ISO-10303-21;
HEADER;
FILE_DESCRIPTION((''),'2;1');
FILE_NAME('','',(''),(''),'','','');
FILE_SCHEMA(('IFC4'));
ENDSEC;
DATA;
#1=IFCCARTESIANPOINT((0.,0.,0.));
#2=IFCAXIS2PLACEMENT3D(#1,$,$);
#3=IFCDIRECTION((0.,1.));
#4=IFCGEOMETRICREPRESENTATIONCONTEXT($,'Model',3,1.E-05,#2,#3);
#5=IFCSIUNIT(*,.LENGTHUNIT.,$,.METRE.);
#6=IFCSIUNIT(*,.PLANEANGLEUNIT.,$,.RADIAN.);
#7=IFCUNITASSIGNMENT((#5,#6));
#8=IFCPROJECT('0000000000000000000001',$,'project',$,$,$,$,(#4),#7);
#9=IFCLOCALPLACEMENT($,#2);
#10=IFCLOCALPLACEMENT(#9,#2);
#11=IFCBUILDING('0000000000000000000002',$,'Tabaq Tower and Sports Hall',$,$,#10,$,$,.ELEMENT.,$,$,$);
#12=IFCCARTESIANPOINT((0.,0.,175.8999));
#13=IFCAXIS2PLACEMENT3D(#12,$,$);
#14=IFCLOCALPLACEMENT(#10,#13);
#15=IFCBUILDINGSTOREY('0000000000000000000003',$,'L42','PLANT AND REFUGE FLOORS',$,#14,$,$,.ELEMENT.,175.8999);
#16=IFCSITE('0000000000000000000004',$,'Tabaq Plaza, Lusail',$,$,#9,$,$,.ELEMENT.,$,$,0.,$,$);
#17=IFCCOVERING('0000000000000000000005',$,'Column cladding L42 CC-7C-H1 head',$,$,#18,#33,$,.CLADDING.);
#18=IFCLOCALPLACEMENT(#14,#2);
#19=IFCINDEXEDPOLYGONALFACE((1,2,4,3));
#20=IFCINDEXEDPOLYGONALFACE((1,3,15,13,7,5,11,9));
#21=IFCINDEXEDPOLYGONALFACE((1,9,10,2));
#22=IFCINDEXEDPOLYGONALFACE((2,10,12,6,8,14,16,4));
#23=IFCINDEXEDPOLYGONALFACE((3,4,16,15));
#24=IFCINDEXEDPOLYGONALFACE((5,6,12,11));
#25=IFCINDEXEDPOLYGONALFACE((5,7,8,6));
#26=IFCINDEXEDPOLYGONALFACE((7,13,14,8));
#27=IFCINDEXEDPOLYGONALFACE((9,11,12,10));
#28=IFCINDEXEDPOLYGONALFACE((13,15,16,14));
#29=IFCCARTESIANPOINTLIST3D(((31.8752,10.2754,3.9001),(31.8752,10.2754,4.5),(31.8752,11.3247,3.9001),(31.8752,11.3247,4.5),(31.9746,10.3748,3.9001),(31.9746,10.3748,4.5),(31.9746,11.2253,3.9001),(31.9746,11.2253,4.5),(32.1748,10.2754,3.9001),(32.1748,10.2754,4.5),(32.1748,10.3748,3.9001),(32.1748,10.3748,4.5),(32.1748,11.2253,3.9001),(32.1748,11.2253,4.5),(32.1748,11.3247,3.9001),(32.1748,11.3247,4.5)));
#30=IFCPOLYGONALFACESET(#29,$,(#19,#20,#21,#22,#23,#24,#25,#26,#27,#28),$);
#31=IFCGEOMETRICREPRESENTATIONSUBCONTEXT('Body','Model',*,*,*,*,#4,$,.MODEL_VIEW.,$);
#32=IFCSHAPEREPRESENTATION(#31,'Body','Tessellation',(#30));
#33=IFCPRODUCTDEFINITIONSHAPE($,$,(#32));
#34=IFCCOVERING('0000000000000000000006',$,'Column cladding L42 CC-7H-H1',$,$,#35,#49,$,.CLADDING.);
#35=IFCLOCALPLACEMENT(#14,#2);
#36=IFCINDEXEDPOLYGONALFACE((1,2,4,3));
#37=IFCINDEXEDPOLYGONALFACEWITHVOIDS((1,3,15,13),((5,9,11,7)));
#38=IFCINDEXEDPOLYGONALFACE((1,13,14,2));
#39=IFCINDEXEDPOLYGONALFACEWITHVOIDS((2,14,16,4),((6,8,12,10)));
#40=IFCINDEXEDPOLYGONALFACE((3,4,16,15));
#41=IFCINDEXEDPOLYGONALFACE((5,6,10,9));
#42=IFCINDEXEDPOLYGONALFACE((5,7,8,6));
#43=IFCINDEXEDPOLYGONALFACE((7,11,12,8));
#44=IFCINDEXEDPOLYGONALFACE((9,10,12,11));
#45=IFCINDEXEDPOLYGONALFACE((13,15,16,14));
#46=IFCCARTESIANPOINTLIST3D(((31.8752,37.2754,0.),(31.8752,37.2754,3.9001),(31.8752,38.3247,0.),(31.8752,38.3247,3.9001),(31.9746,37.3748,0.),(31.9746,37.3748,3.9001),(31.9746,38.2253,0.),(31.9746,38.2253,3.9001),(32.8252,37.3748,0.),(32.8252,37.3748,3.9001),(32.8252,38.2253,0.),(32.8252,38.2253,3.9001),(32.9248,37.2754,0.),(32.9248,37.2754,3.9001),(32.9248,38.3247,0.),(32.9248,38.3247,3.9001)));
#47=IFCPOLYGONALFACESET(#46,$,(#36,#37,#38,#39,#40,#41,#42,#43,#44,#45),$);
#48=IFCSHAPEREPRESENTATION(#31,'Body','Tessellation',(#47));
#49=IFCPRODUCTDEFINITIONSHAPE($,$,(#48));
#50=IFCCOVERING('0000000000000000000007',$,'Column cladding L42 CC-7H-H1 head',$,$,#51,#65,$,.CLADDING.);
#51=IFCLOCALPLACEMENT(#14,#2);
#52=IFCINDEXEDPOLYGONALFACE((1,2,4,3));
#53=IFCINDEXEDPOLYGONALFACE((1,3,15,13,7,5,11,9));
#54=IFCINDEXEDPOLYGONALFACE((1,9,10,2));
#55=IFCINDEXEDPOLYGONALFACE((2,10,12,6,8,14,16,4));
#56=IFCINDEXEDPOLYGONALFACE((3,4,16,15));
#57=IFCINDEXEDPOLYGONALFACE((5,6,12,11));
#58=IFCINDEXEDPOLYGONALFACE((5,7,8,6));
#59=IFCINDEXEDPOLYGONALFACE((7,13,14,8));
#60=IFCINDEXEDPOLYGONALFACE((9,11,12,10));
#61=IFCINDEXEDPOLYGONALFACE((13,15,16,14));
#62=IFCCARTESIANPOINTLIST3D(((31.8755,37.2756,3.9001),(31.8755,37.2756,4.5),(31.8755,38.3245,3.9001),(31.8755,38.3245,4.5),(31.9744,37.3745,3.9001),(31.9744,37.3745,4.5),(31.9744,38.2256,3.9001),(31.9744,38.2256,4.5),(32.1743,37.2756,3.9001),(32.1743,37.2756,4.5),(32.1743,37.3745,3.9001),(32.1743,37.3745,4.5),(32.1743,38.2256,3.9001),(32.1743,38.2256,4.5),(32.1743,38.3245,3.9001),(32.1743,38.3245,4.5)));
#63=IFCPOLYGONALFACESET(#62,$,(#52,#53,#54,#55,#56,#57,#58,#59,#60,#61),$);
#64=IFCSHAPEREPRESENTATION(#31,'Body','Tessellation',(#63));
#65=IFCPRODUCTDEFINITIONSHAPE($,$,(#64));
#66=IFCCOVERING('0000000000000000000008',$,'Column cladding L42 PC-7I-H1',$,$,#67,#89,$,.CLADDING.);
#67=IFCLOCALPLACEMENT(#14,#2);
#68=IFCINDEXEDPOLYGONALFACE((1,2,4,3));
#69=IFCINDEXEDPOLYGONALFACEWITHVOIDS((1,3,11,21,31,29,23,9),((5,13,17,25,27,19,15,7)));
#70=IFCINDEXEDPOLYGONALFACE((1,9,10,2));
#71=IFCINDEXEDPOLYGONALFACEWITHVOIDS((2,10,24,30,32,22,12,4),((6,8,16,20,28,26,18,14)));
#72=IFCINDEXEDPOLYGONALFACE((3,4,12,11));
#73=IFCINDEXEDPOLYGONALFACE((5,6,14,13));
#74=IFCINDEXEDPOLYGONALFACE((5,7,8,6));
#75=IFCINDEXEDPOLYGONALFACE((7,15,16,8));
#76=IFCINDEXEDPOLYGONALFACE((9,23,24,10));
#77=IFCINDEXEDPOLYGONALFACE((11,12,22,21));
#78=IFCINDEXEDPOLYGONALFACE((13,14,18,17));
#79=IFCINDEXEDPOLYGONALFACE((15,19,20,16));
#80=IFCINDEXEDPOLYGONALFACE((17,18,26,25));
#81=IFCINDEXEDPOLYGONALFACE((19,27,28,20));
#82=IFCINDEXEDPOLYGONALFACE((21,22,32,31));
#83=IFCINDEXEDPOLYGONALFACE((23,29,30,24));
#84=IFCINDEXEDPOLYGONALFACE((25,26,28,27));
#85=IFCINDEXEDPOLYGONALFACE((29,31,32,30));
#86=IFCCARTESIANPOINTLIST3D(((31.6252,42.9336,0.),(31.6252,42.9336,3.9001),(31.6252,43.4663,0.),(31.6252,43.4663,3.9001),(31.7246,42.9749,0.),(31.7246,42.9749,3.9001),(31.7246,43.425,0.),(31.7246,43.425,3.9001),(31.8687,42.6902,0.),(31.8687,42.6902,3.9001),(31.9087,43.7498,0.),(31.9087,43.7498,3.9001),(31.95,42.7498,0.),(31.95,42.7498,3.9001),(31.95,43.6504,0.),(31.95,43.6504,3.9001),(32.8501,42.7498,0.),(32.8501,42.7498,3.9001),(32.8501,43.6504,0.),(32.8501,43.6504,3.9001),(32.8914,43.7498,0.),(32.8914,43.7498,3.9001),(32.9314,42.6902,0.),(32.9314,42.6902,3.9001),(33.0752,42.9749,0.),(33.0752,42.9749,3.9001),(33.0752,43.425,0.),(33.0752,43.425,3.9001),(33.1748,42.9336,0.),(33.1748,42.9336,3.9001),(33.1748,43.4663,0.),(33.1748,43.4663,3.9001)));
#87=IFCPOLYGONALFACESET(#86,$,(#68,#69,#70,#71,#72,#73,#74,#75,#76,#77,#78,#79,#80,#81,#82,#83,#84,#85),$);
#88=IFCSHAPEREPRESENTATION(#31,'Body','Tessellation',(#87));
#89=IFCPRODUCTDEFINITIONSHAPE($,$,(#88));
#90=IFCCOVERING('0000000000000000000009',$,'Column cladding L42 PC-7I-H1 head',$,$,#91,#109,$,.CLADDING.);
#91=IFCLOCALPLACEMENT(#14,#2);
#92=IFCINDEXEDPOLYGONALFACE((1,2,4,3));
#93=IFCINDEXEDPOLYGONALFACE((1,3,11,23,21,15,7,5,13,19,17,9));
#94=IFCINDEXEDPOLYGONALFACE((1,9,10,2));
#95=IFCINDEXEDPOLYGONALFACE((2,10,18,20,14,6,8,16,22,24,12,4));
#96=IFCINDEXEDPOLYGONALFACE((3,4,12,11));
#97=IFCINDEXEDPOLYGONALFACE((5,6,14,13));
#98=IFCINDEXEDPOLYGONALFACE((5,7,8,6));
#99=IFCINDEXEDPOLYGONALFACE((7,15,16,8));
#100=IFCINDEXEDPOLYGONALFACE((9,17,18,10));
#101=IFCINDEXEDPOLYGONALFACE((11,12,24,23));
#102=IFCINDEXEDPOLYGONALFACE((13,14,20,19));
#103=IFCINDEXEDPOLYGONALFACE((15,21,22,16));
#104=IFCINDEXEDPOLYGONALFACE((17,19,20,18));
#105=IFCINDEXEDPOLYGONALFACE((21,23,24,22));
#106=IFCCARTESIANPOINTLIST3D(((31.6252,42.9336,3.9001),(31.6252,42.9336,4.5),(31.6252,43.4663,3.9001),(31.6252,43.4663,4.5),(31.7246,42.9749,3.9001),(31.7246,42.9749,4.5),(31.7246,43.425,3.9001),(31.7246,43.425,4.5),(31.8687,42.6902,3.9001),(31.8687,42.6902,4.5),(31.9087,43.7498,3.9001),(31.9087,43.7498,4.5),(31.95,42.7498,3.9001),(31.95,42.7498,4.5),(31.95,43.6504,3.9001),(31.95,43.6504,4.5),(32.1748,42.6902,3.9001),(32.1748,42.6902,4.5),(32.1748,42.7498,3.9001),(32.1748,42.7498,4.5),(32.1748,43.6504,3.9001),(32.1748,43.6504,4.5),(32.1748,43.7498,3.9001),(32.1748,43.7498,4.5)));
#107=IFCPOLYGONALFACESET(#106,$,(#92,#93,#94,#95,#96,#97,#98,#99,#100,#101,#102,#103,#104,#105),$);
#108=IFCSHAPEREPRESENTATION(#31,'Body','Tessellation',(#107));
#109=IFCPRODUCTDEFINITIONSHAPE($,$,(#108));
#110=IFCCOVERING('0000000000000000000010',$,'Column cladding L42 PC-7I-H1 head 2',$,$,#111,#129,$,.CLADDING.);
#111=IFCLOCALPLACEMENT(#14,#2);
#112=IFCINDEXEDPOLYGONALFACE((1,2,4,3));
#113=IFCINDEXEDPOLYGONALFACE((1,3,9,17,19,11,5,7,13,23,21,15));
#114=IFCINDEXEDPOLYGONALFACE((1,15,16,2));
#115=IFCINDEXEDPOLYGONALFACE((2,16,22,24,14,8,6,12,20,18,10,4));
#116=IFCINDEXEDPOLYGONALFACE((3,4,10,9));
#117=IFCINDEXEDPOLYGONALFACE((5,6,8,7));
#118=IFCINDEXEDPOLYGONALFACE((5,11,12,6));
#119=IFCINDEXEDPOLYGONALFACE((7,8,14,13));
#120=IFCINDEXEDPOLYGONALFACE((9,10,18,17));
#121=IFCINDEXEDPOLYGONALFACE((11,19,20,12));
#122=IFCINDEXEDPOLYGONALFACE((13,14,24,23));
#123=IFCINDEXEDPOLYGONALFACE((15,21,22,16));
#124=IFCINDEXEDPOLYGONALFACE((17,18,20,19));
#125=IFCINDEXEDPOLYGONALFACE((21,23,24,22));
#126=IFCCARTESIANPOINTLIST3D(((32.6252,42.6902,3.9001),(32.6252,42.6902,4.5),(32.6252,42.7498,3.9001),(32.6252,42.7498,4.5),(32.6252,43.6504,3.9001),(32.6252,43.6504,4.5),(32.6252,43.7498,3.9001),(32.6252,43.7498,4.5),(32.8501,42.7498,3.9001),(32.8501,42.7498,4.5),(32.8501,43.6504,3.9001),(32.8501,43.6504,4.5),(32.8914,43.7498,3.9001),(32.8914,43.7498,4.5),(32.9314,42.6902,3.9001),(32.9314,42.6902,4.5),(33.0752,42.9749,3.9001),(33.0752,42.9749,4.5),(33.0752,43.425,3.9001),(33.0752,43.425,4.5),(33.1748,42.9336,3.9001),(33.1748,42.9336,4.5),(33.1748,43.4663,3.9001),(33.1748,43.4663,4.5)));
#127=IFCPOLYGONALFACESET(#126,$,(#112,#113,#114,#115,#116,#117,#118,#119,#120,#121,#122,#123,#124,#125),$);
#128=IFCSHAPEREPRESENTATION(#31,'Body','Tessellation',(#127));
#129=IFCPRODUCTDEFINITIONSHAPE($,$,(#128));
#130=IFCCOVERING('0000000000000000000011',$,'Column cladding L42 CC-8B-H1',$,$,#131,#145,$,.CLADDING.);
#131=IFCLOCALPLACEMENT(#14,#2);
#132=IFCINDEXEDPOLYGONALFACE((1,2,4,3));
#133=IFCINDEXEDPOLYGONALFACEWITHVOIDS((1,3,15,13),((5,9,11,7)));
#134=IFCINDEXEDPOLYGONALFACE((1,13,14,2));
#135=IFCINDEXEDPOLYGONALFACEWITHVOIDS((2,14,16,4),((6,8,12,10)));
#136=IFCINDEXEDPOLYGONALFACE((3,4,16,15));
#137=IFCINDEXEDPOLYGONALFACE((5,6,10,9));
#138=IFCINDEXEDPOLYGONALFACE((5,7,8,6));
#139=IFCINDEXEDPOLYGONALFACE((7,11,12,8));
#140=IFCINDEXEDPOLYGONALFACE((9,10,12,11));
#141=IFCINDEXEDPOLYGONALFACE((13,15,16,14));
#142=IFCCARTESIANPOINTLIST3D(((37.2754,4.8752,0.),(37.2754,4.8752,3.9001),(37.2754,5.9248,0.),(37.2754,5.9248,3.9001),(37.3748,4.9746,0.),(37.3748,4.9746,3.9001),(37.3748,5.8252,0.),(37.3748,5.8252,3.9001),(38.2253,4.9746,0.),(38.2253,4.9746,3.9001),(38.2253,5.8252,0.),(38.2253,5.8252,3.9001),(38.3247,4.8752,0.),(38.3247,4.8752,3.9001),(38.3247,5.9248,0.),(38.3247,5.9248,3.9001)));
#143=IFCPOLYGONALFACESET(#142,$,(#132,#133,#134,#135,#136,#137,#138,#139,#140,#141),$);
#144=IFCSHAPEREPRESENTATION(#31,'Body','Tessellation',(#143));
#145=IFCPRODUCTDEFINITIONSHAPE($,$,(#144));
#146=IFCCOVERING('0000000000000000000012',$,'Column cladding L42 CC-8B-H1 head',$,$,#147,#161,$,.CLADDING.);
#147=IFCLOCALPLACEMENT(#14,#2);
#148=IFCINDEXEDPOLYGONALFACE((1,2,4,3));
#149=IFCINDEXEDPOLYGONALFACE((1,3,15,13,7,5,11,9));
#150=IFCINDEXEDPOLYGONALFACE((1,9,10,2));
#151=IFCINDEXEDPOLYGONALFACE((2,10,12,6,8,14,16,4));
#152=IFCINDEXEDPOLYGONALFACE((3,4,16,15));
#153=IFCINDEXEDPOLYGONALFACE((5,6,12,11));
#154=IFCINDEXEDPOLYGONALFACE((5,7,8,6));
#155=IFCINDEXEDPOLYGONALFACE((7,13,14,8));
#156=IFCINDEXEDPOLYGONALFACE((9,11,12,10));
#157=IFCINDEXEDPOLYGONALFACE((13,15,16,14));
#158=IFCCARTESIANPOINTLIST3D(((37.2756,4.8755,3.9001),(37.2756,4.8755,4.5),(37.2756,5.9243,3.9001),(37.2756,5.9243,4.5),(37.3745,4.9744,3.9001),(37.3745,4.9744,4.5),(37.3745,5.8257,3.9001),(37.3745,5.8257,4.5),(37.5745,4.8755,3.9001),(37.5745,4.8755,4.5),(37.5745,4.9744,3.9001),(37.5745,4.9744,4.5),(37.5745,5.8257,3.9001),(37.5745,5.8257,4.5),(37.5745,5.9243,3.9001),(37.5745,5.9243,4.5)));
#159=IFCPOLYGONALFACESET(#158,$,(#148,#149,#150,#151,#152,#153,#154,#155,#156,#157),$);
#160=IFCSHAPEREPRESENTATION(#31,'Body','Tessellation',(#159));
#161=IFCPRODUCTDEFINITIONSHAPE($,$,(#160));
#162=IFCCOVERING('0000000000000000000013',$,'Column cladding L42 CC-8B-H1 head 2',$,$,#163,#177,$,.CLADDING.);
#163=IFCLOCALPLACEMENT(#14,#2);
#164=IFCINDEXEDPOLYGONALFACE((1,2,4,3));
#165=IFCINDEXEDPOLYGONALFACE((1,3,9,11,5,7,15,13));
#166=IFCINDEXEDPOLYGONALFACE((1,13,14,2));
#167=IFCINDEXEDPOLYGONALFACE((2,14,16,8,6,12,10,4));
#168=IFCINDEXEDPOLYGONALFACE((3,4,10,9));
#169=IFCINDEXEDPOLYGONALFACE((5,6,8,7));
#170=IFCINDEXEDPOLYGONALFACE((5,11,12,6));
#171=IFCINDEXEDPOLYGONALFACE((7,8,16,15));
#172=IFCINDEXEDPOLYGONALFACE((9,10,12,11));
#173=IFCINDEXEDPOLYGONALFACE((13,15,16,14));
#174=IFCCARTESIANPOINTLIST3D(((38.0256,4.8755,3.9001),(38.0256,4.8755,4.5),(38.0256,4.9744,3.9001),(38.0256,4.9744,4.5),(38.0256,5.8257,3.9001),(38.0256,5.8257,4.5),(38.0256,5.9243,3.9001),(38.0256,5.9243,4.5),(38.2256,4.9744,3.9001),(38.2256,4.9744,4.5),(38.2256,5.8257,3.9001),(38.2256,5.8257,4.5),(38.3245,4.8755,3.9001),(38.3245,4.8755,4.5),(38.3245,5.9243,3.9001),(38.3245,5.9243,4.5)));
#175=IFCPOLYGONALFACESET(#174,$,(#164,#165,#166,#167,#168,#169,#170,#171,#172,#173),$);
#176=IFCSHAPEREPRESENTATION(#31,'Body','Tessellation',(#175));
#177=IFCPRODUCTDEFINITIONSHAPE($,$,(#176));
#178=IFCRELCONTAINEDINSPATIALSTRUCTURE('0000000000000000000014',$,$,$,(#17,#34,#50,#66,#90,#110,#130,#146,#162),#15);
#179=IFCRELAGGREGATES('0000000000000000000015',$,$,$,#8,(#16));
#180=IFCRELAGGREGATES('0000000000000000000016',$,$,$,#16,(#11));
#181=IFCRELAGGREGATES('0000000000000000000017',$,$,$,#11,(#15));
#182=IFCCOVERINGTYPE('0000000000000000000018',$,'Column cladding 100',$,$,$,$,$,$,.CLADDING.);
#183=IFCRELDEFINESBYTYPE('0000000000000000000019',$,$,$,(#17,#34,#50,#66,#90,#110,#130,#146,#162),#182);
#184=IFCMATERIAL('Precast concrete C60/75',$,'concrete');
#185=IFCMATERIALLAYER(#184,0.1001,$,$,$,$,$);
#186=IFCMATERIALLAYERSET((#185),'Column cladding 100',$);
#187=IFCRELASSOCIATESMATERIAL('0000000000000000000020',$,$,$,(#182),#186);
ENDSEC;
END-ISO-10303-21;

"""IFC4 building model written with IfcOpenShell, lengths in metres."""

from ifc_helpers import new_model, si_unit, direction, frame, origin, place, context, subcontext, project, spatial, polyline, outline, extrude, material, layer, layer_set, type_object, element, save


model = new_model("IFC4")

# Units and contexts
model_context = context("Model", 3, precision=1e-05, world=origin(), true_north=direction((0.0, 1.0)))
body_context = subcontext(model_context, "Body", "Model", "MODEL_VIEW")
ifc_project = project(units=[si_unit("LENGTHUNIT", "METRE"), si_unit("PLANEANGLEUNIT", "RADIAN")], contexts=[model_context])

# Site, building, storey
site_placement = place(None, origin())
site = spatial("IfcSite", under=ifc_project, at=site_placement, Name="Tabaq Plaza, Lusail", CompositionType="ELEMENT", RefElevation=0.0)
building_placement = place(site_placement, origin())
building = spatial("IfcBuilding", under=site, at=building_placement, Name="Tabaq Tower and Sports Hall", CompositionType="ELEMENT")
storey_placement = place(building_placement, frame((0.0, 0.0, 175.8999)))
storey = spatial("IfcBuildingStorey", under=building, at=storey_placement, Name="L42", Description="PLANT AND REFUGE FLOORS", CompositionType="ELEMENT", Elevation=175.8999)

# Coverings
ifc_material_1 = material(Name="Precast concrete C60/75", Category="concrete")
ifc_layer_1 = layer(ifc_material_1, 0.1001)
ifc_layer_set_1 = layer_set([ifc_layer_1], Name="Column cladding 100")
covering_type_1 = type_object("IfcCoveringType", Name="Column cladding 100", PredefinedType="CLADDING", material=ifc_layer_set_1)
covering_1_placement = place(storey_placement, frame((0.0, 0.0, 3.9001)))
element("IfcCovering", 1, at=covering_1_placement, inside=storey, type_object=covering_type_1, Name="Column cladding L42 CC-7C-H1 head", PredefinedType="CLADDING", context=body_context, shape_type="SweptSolid", body=[
    extrude(outline(polyline([(32.1748, 11.3247), (32.1748, 11.2253), (31.9746, 11.2253), (31.9746, 10.3748), (32.1748, 10.3748), (32.1748, 10.2754), (31.8752, 10.2754), (31.8752, 11.3247), (32.1748, 11.3247)])), origin(), (0.0, 0.0, 1.0), 0.5999),
])
covering_2_placement = place(storey_placement, origin())
element("IfcCovering", 2, at=covering_2_placement, inside=storey, type_object=covering_type_1, Name="Column cladding L42 CC-7H-H1", PredefinedType="CLADDING", context=body_context, shape_type="SweptSolid", body=[
    extrude(outline(polyline([(31.8752, 38.3247), (32.9248, 38.3247), (32.9248, 37.2754), (31.8752, 37.2754), (31.8752, 38.3247)]), holes=[polyline([(32.8252, 37.3748), (32.8252, 38.2253), (31.9746, 38.2253), (31.9746, 37.3748), (32.8252, 37.3748)])]), origin(), (0.0, 0.0, 1.0), 3.9001),
])
covering_3_placement = place(storey_placement, frame((0.0, 0.0, 3.9001)))
element("IfcCovering", 3, at=covering_3_placement, inside=storey, type_object=covering_type_1, Name="Column cladding L42 CC-7H-H1 head", PredefinedType="CLADDING", context=body_context, shape_type="SweptSolid", body=[
    extrude(outline(polyline([(32.1743, 38.2256), (31.9744, 38.2256), (31.9744, 37.3745), (32.1743, 37.3745), (32.1743, 37.2756), (31.8755, 37.2756), (31.8755, 38.3245), (32.1743, 38.3245), (32.1743, 38.2256)])), origin(), (0.0, 0.0, 1.0), 0.5999),
])
covering_4_placement = place(storey_placement, origin())
element("IfcCovering", 4, at=covering_4_placement, inside=storey, type_object=covering_type_1, Name="Column cladding L42 PC-7I-H1", PredefinedType="CLADDING", context=body_context, shape_type="SweptSolid", body=[
    extrude(outline(polyline([(31.6252, 43.4663), (31.9087, 43.7498), (32.8914, 43.7498), (33.1748, 43.4663), (33.1748, 42.9336), (32.9314, 42.6902), (31.8687, 42.6902), (31.6252, 42.9336), (31.6252, 43.4663)]), holes=[polyline([(33.0752, 42.9749), (33.0752, 43.425), (32.8501, 43.6504), (31.95, 43.6504), (31.7246, 43.425), (31.7246, 42.9749), (31.95, 42.7498), (32.8501, 42.7498), (33.0752, 42.9749)])]), origin(), (0.0, 0.0, 1.0), 3.9001),
])
covering_5_placement = place(storey_placement, frame((0.0, 0.0, 3.9001)))
element("IfcCovering", 5, at=covering_5_placement, inside=storey, type_object=covering_type_1, Name="Column cladding L42 PC-7I-H1 head", PredefinedType="CLADDING", context=body_context, shape_type="SweptSolid", body=[
    extrude(outline(polyline([(31.9087, 43.7498), (32.1748, 43.7498), (32.1748, 43.6504), (31.95, 43.6504), (31.7246, 43.425), (31.7246, 42.9749), (31.95, 42.7498), (32.1748, 42.7498), (32.1748, 42.6902), (31.8687, 42.6902), (31.6252, 42.9336), (31.6252, 43.4663), (31.9087, 43.7498)])), origin(), (0.0, 0.0, 1.0), 0.5999),
])
covering_6_placement = place(storey_placement, frame((0.0, 0.0, 3.9001)))
element("IfcCovering", 6, at=covering_6_placement, inside=storey, type_object=covering_type_1, Name="Column cladding L42 PC-7I-H1 head 2", PredefinedType="CLADDING", context=body_context, shape_type="SweptSolid", body=[
    extrude(outline(polyline([(32.8914, 43.7498), (33.1748, 43.4663), (33.1748, 42.9336), (32.9314, 42.6902), (32.6252, 42.6902), (32.6252, 42.7498), (32.8501, 42.7498), (33.0752, 42.9749), (33.0752, 43.425), (32.8501, 43.6504), (32.6252, 43.6504), (32.6252, 43.7498), (32.8914, 43.7498)])), origin(), (0.0, 0.0, 1.0), 0.5999),
])
covering_7_placement = place(storey_placement, origin())
element("IfcCovering", 7, at=covering_7_placement, inside=storey, type_object=covering_type_1, Name="Column cladding L42 CC-8B-H1", PredefinedType="CLADDING", context=body_context, shape_type="SweptSolid", body=[
    extrude(outline(polyline([(37.2754, 5.9248), (38.3247, 5.9248), (38.3247, 4.8752), (37.2754, 4.8752), (37.2754, 5.9248)]), holes=[polyline([(38.2253, 4.9746), (38.2253, 5.8252), (37.3748, 5.8252), (37.3748, 4.9746), (38.2253, 4.9746)])]), origin(), (0.0, 0.0, 1.0), 3.9001),
])
covering_8_placement = place(storey_placement, frame((0.0, 0.0, 3.9001)))
element("IfcCovering", 8, at=covering_8_placement, inside=storey, type_object=covering_type_1, Name="Column cladding L42 CC-8B-H1 head", PredefinedType="CLADDING", context=body_context, shape_type="SweptSolid", body=[
    extrude(outline(polyline([(37.5745, 4.9744), (37.5745, 4.8755), (37.2756, 4.8755), (37.2756, 5.9243), (37.5745, 5.9243), (37.5745, 5.8257), (37.3745, 5.8257), (37.3745, 4.9744), (37.5745, 4.9744)])), origin(), (0.0, 0.0, 1.0), 0.5999),
])
covering_9_placement = place(storey_placement, frame((0.0, 0.0, 3.9001)))
element("IfcCovering", 9, at=covering_9_placement, inside=storey, type_object=covering_type_1, Name="Column cladding L42 CC-8B-H1 head 2", PredefinedType="CLADDING", context=body_context, shape_type="SweptSolid", body=[
    extrude(outline(polyline([(38.0256, 4.9744), (38.2256, 4.9744), (38.2256, 5.8257), (38.0256, 5.8257), (38.0256, 5.9243), (38.3245, 5.9243), (38.3245, 4.8755), (38.0256, 4.8755), (38.0256, 4.9744)])), origin(), (0.0, 0.0, 1.0), 0.5999),
])

save(model, "model.ifc")
